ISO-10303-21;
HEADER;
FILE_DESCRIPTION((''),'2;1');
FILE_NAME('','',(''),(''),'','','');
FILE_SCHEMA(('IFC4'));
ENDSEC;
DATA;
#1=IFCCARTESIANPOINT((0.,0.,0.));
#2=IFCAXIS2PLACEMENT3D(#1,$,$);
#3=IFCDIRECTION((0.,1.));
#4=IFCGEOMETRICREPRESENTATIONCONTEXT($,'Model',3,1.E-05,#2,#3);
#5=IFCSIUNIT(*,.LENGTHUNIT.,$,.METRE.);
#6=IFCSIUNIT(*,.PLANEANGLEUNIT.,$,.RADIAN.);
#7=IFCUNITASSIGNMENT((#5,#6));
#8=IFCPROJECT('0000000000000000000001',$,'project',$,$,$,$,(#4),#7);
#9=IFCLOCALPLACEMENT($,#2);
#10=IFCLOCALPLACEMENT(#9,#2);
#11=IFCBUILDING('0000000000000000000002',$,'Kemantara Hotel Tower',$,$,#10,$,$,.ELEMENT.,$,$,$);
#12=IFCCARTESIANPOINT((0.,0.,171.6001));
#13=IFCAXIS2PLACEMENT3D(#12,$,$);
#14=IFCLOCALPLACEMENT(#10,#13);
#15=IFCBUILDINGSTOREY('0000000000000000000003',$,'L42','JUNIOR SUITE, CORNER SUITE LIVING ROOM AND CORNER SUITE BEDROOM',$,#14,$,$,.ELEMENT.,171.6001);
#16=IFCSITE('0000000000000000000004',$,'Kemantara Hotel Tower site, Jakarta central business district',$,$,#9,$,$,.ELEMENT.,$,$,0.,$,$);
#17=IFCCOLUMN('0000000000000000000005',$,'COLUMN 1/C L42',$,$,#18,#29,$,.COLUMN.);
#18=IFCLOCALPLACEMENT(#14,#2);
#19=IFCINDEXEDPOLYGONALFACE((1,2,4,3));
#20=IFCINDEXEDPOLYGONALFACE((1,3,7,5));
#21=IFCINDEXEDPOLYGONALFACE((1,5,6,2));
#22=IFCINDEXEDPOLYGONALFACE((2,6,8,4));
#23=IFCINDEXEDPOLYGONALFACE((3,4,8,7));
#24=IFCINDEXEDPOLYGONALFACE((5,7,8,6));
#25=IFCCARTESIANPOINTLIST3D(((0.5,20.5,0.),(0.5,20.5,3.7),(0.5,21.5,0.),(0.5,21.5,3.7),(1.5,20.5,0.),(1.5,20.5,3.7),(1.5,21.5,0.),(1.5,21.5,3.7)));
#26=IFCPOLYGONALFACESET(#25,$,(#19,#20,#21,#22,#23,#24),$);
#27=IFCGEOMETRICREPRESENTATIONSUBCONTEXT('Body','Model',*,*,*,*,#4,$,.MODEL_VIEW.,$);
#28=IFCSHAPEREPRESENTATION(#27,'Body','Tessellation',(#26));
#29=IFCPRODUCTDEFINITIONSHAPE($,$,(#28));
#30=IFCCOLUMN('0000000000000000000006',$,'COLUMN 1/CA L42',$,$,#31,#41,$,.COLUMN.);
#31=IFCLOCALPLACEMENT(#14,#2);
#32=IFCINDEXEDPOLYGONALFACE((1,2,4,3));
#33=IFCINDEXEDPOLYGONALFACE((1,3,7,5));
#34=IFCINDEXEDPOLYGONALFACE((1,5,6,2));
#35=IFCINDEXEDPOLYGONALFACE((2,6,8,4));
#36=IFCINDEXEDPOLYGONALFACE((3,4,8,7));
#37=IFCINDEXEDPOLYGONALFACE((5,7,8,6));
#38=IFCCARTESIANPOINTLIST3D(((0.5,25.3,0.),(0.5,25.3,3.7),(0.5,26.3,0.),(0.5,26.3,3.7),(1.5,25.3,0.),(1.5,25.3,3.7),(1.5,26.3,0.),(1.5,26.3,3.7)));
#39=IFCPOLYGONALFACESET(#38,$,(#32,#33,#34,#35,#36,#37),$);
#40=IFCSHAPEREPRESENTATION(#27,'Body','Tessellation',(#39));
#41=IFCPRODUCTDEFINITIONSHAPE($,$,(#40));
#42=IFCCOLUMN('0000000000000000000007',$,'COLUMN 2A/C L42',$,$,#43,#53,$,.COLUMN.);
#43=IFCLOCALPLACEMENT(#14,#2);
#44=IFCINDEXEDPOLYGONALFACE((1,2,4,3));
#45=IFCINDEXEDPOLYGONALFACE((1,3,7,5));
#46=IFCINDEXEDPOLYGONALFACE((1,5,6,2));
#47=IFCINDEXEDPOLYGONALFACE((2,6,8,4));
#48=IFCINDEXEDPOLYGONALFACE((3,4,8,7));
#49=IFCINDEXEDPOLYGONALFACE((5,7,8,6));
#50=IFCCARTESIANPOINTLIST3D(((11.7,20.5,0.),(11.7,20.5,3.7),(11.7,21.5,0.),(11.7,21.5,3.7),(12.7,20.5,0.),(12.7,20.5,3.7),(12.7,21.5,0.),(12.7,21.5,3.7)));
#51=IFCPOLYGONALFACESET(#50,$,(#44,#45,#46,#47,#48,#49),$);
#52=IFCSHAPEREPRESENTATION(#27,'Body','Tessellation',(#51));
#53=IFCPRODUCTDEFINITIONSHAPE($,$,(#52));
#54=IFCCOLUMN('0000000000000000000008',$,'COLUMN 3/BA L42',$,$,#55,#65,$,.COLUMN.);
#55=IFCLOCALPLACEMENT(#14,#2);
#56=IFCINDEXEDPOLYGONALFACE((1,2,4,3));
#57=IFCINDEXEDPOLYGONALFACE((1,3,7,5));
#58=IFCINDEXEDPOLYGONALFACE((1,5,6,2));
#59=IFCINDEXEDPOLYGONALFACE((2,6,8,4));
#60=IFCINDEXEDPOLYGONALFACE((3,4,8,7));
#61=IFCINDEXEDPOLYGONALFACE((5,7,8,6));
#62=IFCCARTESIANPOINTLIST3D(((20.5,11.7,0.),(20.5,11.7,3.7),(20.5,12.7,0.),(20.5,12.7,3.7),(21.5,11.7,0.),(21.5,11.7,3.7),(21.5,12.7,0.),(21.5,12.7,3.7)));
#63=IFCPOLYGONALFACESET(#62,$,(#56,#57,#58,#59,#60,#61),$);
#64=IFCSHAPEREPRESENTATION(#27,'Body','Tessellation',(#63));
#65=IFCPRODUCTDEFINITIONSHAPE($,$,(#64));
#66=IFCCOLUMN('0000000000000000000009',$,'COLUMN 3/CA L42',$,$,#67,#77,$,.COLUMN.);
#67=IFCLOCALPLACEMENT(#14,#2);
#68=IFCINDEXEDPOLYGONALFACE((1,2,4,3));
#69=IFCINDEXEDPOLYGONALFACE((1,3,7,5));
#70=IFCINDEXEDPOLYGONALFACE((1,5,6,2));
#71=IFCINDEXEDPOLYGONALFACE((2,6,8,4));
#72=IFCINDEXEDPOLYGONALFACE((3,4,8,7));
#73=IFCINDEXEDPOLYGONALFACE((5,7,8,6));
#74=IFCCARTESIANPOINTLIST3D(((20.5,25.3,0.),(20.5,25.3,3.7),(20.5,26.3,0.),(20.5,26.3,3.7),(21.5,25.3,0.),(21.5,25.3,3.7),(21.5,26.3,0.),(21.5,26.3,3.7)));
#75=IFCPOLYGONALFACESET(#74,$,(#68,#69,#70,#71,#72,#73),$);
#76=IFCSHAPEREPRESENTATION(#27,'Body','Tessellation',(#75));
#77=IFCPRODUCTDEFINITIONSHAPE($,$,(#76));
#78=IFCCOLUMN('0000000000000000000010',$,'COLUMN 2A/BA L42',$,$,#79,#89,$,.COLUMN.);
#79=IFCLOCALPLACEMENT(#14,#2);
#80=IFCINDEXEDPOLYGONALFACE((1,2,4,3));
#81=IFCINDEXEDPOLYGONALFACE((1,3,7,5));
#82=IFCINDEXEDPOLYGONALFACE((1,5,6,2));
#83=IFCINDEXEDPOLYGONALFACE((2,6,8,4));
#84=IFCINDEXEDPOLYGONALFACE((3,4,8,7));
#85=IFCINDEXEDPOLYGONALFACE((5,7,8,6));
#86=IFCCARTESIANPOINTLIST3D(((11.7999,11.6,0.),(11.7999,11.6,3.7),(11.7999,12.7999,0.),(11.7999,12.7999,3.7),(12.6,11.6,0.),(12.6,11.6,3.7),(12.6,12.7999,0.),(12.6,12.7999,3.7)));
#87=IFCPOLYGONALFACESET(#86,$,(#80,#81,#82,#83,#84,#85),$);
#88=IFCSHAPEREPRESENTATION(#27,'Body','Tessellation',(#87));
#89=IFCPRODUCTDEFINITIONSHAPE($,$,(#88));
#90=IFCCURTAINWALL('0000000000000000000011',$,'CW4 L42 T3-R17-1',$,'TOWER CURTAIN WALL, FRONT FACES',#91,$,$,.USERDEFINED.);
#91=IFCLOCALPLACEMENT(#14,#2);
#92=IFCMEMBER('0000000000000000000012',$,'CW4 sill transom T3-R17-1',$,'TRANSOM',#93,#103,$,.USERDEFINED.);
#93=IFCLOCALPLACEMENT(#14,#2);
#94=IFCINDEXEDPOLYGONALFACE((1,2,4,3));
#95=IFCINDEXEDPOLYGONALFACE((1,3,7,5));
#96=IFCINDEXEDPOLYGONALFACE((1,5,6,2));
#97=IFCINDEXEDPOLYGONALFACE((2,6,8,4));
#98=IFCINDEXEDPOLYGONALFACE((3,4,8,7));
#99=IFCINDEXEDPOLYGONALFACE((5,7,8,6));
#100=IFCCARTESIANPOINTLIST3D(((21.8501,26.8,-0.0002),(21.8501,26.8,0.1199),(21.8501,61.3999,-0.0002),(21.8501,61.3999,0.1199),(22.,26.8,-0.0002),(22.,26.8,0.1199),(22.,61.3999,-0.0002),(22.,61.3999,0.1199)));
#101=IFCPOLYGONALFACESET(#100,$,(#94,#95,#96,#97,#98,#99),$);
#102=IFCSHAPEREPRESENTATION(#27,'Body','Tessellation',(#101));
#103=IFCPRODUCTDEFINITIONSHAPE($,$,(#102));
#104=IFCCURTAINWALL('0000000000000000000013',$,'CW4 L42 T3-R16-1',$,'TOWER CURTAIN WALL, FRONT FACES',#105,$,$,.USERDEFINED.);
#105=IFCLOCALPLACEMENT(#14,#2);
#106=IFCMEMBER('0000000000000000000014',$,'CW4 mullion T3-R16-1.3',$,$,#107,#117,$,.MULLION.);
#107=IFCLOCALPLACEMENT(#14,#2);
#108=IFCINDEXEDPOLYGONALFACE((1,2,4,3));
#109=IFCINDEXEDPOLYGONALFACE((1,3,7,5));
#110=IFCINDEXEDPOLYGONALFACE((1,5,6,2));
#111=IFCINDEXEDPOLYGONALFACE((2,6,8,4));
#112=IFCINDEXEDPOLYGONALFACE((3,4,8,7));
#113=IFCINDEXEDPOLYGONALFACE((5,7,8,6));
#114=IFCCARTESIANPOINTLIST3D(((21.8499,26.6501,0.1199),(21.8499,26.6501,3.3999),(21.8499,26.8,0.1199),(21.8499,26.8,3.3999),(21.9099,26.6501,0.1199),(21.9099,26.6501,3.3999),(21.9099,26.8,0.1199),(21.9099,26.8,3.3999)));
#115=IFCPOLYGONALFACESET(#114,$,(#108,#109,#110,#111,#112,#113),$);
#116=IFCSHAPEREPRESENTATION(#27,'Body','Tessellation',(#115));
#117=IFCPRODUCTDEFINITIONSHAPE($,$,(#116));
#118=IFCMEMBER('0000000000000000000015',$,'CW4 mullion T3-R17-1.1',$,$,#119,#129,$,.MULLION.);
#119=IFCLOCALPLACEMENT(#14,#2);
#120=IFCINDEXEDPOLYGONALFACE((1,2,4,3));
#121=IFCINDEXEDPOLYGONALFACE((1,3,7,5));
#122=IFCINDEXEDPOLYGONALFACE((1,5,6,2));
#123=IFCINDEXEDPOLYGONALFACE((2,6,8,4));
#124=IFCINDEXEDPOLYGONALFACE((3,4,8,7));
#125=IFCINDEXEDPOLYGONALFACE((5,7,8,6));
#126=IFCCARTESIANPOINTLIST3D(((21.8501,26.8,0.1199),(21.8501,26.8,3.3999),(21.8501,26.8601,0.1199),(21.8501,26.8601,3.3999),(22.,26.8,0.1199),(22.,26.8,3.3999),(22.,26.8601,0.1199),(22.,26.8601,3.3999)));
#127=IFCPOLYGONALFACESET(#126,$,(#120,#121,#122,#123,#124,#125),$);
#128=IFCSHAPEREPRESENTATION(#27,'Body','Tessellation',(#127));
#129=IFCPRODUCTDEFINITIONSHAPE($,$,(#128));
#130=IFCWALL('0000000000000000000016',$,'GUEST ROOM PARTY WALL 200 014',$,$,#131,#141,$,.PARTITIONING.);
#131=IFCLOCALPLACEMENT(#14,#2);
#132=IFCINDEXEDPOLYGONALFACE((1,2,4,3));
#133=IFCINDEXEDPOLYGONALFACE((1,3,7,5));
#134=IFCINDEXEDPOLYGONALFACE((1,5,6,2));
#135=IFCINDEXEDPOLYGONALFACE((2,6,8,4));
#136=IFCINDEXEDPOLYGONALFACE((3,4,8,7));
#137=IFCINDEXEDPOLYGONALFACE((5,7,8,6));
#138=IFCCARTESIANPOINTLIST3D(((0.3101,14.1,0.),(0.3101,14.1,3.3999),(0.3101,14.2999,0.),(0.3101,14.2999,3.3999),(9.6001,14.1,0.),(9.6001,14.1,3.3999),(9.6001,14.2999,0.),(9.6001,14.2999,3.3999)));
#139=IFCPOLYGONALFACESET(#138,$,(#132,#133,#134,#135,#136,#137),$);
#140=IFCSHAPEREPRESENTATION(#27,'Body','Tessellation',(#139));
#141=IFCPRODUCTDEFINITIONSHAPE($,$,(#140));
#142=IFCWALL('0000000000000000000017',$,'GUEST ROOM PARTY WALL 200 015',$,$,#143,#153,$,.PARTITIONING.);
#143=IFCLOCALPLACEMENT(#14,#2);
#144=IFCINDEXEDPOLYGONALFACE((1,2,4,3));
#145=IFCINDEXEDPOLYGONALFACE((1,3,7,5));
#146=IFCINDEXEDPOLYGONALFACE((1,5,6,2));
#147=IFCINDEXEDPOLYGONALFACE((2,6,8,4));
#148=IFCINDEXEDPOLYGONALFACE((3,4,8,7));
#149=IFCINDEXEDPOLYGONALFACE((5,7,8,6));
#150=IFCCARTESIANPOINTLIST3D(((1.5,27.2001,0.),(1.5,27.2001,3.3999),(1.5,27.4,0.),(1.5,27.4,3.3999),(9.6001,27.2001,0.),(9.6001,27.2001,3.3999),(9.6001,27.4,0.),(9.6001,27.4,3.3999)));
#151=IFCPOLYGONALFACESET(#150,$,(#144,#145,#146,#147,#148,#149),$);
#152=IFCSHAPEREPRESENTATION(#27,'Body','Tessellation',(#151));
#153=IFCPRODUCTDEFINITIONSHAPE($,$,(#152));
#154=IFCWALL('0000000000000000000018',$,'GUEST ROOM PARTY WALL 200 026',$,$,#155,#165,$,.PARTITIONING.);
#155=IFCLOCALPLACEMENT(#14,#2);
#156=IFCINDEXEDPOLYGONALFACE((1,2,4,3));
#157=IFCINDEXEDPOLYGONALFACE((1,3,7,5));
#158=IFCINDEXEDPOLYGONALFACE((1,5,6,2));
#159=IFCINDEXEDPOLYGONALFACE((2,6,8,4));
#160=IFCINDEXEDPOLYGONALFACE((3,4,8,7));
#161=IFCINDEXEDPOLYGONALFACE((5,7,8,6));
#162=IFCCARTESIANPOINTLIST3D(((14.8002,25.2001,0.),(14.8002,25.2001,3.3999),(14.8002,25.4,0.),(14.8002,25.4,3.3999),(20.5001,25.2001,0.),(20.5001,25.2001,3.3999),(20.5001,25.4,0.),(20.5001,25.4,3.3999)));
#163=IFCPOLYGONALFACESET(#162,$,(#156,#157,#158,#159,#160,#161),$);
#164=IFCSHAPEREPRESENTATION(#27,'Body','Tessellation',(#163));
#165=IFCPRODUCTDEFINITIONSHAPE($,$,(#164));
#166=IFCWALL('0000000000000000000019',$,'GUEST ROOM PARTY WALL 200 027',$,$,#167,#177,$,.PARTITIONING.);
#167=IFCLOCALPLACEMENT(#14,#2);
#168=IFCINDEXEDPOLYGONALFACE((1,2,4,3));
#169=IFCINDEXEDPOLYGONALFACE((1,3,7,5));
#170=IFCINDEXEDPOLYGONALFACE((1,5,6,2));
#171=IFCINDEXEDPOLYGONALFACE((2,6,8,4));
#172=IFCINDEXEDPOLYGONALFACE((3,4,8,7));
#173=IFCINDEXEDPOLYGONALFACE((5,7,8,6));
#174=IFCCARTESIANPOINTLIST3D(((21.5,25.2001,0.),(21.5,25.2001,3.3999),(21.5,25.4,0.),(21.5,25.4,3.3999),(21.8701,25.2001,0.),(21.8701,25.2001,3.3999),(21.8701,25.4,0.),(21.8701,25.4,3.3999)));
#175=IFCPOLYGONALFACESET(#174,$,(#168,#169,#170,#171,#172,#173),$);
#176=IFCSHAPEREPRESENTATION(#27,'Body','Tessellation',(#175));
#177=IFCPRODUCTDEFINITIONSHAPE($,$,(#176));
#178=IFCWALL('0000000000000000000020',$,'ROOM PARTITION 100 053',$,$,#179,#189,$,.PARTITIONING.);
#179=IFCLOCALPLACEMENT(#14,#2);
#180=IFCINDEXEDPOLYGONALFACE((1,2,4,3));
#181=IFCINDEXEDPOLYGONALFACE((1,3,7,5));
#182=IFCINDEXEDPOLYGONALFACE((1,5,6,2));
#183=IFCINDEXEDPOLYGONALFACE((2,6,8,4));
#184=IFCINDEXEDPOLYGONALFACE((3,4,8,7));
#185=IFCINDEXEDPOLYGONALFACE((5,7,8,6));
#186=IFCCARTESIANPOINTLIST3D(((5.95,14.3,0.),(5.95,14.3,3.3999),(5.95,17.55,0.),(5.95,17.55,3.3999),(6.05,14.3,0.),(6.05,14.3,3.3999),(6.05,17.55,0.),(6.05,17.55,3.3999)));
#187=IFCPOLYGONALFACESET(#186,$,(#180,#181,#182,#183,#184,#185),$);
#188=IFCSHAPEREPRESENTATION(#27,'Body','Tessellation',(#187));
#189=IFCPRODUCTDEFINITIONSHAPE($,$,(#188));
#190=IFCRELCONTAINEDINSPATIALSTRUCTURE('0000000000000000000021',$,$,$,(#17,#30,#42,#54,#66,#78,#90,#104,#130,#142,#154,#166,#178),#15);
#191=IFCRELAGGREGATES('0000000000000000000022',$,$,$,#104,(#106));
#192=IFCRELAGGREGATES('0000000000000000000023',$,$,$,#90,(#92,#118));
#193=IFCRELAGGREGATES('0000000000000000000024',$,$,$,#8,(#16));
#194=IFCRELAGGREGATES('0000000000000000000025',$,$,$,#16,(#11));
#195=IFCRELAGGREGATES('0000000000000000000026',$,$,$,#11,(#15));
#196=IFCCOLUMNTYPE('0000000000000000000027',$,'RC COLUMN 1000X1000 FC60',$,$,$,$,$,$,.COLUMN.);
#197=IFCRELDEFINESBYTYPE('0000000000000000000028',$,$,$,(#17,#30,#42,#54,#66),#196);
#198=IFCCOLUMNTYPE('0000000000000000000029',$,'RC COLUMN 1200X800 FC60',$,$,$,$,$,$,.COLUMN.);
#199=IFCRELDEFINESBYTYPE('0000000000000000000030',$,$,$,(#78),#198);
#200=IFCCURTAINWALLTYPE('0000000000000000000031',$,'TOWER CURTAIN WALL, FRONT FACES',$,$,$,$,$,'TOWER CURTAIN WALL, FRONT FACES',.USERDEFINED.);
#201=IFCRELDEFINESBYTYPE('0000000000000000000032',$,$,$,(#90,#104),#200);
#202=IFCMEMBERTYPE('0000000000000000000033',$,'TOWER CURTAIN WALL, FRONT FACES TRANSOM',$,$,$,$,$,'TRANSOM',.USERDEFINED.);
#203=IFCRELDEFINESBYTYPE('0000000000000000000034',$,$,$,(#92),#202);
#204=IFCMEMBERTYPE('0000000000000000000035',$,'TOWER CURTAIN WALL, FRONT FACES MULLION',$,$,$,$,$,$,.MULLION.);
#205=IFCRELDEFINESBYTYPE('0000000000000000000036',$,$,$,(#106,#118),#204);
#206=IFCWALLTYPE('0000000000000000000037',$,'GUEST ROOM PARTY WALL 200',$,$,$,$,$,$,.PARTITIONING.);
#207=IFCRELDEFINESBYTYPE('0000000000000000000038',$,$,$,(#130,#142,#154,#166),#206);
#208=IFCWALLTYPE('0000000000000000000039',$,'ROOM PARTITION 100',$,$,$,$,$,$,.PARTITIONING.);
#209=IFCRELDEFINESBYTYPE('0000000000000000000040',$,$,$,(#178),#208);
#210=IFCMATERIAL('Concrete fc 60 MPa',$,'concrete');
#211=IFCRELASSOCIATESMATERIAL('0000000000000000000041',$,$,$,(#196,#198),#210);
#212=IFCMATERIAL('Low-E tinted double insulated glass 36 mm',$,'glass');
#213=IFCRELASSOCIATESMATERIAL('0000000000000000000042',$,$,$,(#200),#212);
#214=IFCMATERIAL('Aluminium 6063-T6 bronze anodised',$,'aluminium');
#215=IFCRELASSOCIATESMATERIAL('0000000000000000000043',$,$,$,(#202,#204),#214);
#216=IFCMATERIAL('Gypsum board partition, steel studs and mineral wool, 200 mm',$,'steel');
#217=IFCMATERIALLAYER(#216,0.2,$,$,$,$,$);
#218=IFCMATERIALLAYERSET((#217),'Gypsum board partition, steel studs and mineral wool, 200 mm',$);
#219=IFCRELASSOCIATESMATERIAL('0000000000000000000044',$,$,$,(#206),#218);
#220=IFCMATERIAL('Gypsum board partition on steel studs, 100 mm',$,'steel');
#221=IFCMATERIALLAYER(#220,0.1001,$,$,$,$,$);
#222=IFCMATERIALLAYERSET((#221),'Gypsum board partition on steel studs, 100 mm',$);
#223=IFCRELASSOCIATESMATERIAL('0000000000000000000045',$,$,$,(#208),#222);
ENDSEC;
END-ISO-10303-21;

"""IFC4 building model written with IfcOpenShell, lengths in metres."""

from ifc_helpers import new_model, si_unit, direction, frame, frame_2d, origin, origin_2d, place, context, subcontext, project, spatial, rectangle, extrude, source, transform, mapped, material, layer, layer_set, material_profile, profile_set, type_object, element, aggregate, save


model = new_model("IFC4")

# Units and contexts
model_context = context("Model", 3, precision=1e-05, world=origin(), true_north=direction((0.0, 1.0)))
body_context = subcontext(model_context, "Body", "Model", "MODEL_VIEW")
ifc_project = project(units=[si_unit("LENGTHUNIT", "METRE"), si_unit("PLANEANGLEUNIT", "RADIAN")], contexts=[model_context])

# Site, building, storey
site_placement = place(None, origin())
site = spatial("IfcSite", under=ifc_project, at=site_placement, Name="Kemantara Hotel Tower site, Jakarta central business district", CompositionType="ELEMENT", RefElevation=0.0)
building_placement = place(site_placement, origin())
building = spatial("IfcBuilding", under=site, at=building_placement, Name="Kemantara Hotel Tower", CompositionType="ELEMENT")
storey_placement = place(building_placement, frame((0.0, 0.0, 171.6001)))
storey = spatial("IfcBuildingStorey", under=building, at=storey_placement, Name="L42", Description="JUNIOR SUITE, CORNER SUITE LIVING ROOM AND CORNER SUITE BEDROOM", CompositionType="ELEMENT", Elevation=171.6001)

# Columns
ifc_material_1 = material(Name="Concrete fc 60 MPa", Category="concrete")
ifc_material_profile_1 = material_profile(ifc_material_1, rectangle(XDim=1.0, YDim=1.0, at=origin_2d()), Name="RC 1000X1000")
ifc_profile_set_1 = profile_set([ifc_material_profile_1], Name="Concrete fc 60 MPa")
column_type_1 = type_object("IfcColumnType", Name="RC COLUMN 1000X1000 FC60", PredefinedType="COLUMN", material=ifc_profile_set_1)
for number, where, z_axis, x_axis, name in (
    (1, (1.0, 21.0, 0.0), (0.0, 0.0, 1.0), (1.0, 0.0, 0.0), "COLUMN 1/C L42"),
    (2, (1.0, 25.8, 0.0), (0.0, 0.0, 1.0), (1.0, 0.0, 0.0), "COLUMN 1/CA L42"),
    (3, (12.2, 21.0, 0.0), (0.0, 0.0, 1.0), (1.0, 0.0, 0.0), "COLUMN 2A/C L42"),
    (4, (21.0, 12.2, 0.0), (0.0, 0.0, 1.0), (1.0, 0.0, 0.0), "COLUMN 3/BA L42"),
    (5, (21.0, 25.8, 0.0), (0.0, 0.0, 1.0), (1.0, 0.0, 0.0), "COLUMN 3/CA L42"),
):
    element("IfcColumn", number, at=place(storey_placement, frame(where, z_axis=z_axis, x_axis=x_axis)), inside=storey, type_object=column_type_1, Name=name, PredefinedType="COLUMN", context=body_context, shape_type="SweptSolid", body=[
        extrude(rectangle(XDim=1.0, YDim=1.0, at=origin_2d()), origin(), (0.0, 0.0, 1.0), 3.7),
    ])
ifc_material_profile_2 = material_profile(ifc_material_1, rectangle(XDim=1.2, YDim=0.8, at=origin_2d()), Name="RC 1200X800")
ifc_profile_set_2 = profile_set([ifc_material_profile_2], Name="Concrete fc 60 MPa")
column_type_2 = type_object("IfcColumnType", Name="RC COLUMN 1200X800 FC60", PredefinedType="COLUMN", material=ifc_profile_set_2)
column_placement = place(storey_placement, frame((12.2, 12.2, 0.0), z_axis=(0.0, 0.0, 1.0), x_axis=(0.0, 1.0, 0.0)))
element("IfcColumn", 6, at=column_placement, inside=storey, type_object=column_type_2, Name="COLUMN 2A/BA L42", PredefinedType="COLUMN", context=body_context, shape_type="SweptSolid", body=[
    extrude(rectangle(XDim=1.2, YDim=0.8, at=origin_2d()), origin(), (0.0, 0.0, 1.0), 3.7),
])

# Curtain walls, members
ifc_material_2 = material(Name="Low-E tinted double insulated glass 36 mm", Category="glass")
curtain_wall_type = type_object("IfcCurtainWallType", Name="TOWER CURTAIN WALL, FRONT FACES", ElementType="TOWER CURTAIN WALL, FRONT FACES", PredefinedType="USERDEFINED", material=ifc_material_2)
curtain_wall_1_placement = place(storey_placement, origin())
curtain_wall_1 = element("IfcCurtainWall", 7, at=curtain_wall_1_placement, inside=storey, type_object=curtain_wall_type, Name="CW4 L42 T3-R17-1", ObjectType="TOWER CURTAIN WALL, FRONT FACES", PredefinedType="USERDEFINED")
ifc_material_3 = material(Name="Aluminium 6063-T6 bronze anodised", Category="aluminium")
ifc_material_profile_3 = material_profile(ifc_material_3, rectangle(XDim=0.1499, YDim=0.1201, at=origin_2d()), Name="TOWER CURTAIN WALL, FRONT FACES TRANSOM")
ifc_profile_set_3 = profile_set([ifc_material_profile_3], Name="Aluminium 6063-T6 bronze anodised")
member_type_1 = type_object("IfcMemberType", Name="TOWER CURTAIN WALL, FRONT FACES TRANSOM", ElementType="TRANSOM", PredefinedType="USERDEFINED", material=ifc_profile_set_3)
member_1_placement = place(storey_placement, frame((21.925, 26.8, 0.0598), z_axis=(0.0, 1.0, 0.0), x_axis=(-1.0, 0.0, 0.0)))
member_1 = element("IfcMember", 8, at=member_1_placement, type_object=member_type_1, Name="CW4 sill transom T3-R17-1", ObjectType="TRANSOM", PredefinedType="USERDEFINED", context=body_context, shape_type="SweptSolid", body=[
    extrude(rectangle(XDim=0.1499, YDim=0.1201, at=origin_2d()), origin(), (0.0, 0.0, 1.0), 34.5999),
])
curtain_wall_2_placement = place(storey_placement, origin())
curtain_wall_2 = element("IfcCurtainWall", 9, at=curtain_wall_2_placement, inside=storey, type_object=curtain_wall_type, Name="CW4 L42 T3-R16-1", ObjectType="TOWER CURTAIN WALL, FRONT FACES", PredefinedType="USERDEFINED")
ifc_material_profile_4 = material_profile(ifc_material_3, rectangle(XDim=0.1499, YDim=0.0601, at=origin_2d()), Name="TOWER CURTAIN WALL, FRONT FACES MULLION")
ifc_profile_set_4 = profile_set([ifc_material_profile_4], Name="Aluminium 6063-T6 bronze anodised")
member_type_2 = type_object("IfcMemberType", Name="TOWER CURTAIN WALL, FRONT FACES MULLION", PredefinedType="MULLION", material=ifc_profile_set_4)
shared_shape_1 = source(origin(), body_context, "Body", "SweptSolid", [
    extrude(rectangle(XDim=0.1499, YDim=0.0601, at=origin_2d()), origin(), (0.0, 0.0, 1.0), 3.28),
])
member_2_placement = place(storey_placement, frame((21.8799, 26.7251, 0.1199), z_axis=(0.0, 0.0, 1.0), x_axis=(0.0, -1.0, 0.0)))
member_2 = element("IfcMember", 10, at=member_2_placement, type_object=member_type_2, Name="CW4 mullion T3-R16-1.3", PredefinedType="MULLION", context=body_context, shape_type="MappedRepresentation", body=[
    mapped(shared_shape_1, transform((0.0, 0.0, 0.0))),
])
aggregate(curtain_wall_2, [member_2])

# Member
member_3_placement = place(storey_placement, frame((21.925, 26.8301, 0.1199), z_axis=(0.0, 0.0, 1.0), x_axis=(-1.0, 0.0, 0.0)))
member_3 = element("IfcMember", 11, at=member_3_placement, type_object=member_type_2, Name="CW4 mullion T3-R17-1.1", PredefinedType="MULLION", context=body_context, shape_type="MappedRepresentation", body=[
    mapped(shared_shape_1, transform((0.0, 0.0, 0.0))),
])
aggregate(curtain_wall_1, [member_1, member_3])

# Walls
ifc_material_4 = material(Name="Gypsum board partition, steel studs and mineral wool, 200 mm", Category="steel")
ifc_layer_1 = layer(ifc_material_4, 0.2)
ifc_layer_set_1 = layer_set([ifc_layer_1], Name="Gypsum board partition, steel studs and mineral wool, 200 mm")
wall_type_1 = type_object("IfcWallType", Name="GUEST ROOM PARTY WALL 200", PredefinedType="PARTITIONING", material=ifc_layer_set_1)
wall_1_placement = place(storey_placement, frame((0.3101, 14.2, 0.0), z_axis=(0.0, 0.0, 1.0), x_axis=(1.0, 0.0, 0.0)))
element("IfcWall", 12, at=wall_1_placement, inside=storey, type_object=wall_type_1, Name="GUEST ROOM PARTY WALL 200 014", PredefinedType="PARTITIONING", context=body_context, shape_type="SweptSolid", body=[
    extrude(rectangle(XDim=9.29, YDim=0.2, at=frame_2d((4.645, 0.0))), origin(), (0.0, 0.0, 1.0), 3.3999),
])
wall_2_placement = place(storey_placement, frame((1.5, 27.3, 0.0), z_axis=(0.0, 0.0, 1.0), x_axis=(1.0, 0.0, 0.0)))
element("IfcWall", 13, at=wall_2_placement, inside=storey, type_object=wall_type_1, Name="GUEST ROOM PARTY WALL 200 015", PredefinedType="PARTITIONING", context=body_context, shape_type="SweptSolid", body=[
    extrude(rectangle(XDim=8.1001, YDim=0.2, at=frame_2d((4.05, 0.0))), origin(), (0.0, 0.0, 1.0), 3.3999),
])
wall_3_placement = place(storey_placement, frame((14.8, 25.3, 0.0), z_axis=(0.0, 0.0, 1.0), x_axis=(1.0, 0.0, 0.0)))
element("IfcWall", 14, at=wall_3_placement, inside=storey, type_object=wall_type_1, Name="GUEST ROOM PARTY WALL 200 026", PredefinedType="PARTITIONING", context=body_context, shape_type="SweptSolid", body=[
    extrude(rectangle(XDim=5.7, YDim=0.2, at=frame_2d((2.8501, 0.0))), origin(), (0.0, 0.0, 1.0), 3.3999),
])
wall_4_placement = place(storey_placement, frame((21.5, 25.3, 0.0), z_axis=(0.0, 0.0, 1.0), x_axis=(1.0, 0.0, 0.0)))
element("IfcWall", 15, at=wall_4_placement, inside=storey, type_object=wall_type_1, Name="GUEST ROOM PARTY WALL 200 027", PredefinedType="PARTITIONING", context=body_context, shape_type="SweptSolid", body=[
    extrude(rectangle(XDim=0.3701, YDim=0.2, at=frame_2d((0.1851, 0.0))), origin(), (0.0, 0.0, 1.0), 3.3999),
])
ifc_material_5 = material(Name="Gypsum board partition on steel studs, 100 mm", Category="steel")
ifc_layer_2 = layer(ifc_material_5, 0.1001)
ifc_layer_set_2 = layer_set([ifc_layer_2], Name="Gypsum board partition on steel studs, 100 mm")
wall_type_2 = type_object("IfcWallType", Name="ROOM PARTITION 100", PredefinedType="PARTITIONING", material=ifc_layer_set_2)
wall_5_placement = place(storey_placement, frame((6.0, 14.3, 0.0), z_axis=(0.0, 0.0, 1.0), x_axis=(0.0, 1.0, 0.0)))
element("IfcWall", 16, at=wall_5_placement, inside=storey, type_object=wall_type_2, Name="ROOM PARTITION 100 053", PredefinedType="PARTITIONING", context=body_context, shape_type="SweptSolid", body=[
    extrude(rectangle(XDim=3.25, YDim=0.1001, at=frame_2d((1.625, 0.0))), origin(), (0.0, 0.0, 1.0), 3.3999),
])

save(model, "model.ifc")
